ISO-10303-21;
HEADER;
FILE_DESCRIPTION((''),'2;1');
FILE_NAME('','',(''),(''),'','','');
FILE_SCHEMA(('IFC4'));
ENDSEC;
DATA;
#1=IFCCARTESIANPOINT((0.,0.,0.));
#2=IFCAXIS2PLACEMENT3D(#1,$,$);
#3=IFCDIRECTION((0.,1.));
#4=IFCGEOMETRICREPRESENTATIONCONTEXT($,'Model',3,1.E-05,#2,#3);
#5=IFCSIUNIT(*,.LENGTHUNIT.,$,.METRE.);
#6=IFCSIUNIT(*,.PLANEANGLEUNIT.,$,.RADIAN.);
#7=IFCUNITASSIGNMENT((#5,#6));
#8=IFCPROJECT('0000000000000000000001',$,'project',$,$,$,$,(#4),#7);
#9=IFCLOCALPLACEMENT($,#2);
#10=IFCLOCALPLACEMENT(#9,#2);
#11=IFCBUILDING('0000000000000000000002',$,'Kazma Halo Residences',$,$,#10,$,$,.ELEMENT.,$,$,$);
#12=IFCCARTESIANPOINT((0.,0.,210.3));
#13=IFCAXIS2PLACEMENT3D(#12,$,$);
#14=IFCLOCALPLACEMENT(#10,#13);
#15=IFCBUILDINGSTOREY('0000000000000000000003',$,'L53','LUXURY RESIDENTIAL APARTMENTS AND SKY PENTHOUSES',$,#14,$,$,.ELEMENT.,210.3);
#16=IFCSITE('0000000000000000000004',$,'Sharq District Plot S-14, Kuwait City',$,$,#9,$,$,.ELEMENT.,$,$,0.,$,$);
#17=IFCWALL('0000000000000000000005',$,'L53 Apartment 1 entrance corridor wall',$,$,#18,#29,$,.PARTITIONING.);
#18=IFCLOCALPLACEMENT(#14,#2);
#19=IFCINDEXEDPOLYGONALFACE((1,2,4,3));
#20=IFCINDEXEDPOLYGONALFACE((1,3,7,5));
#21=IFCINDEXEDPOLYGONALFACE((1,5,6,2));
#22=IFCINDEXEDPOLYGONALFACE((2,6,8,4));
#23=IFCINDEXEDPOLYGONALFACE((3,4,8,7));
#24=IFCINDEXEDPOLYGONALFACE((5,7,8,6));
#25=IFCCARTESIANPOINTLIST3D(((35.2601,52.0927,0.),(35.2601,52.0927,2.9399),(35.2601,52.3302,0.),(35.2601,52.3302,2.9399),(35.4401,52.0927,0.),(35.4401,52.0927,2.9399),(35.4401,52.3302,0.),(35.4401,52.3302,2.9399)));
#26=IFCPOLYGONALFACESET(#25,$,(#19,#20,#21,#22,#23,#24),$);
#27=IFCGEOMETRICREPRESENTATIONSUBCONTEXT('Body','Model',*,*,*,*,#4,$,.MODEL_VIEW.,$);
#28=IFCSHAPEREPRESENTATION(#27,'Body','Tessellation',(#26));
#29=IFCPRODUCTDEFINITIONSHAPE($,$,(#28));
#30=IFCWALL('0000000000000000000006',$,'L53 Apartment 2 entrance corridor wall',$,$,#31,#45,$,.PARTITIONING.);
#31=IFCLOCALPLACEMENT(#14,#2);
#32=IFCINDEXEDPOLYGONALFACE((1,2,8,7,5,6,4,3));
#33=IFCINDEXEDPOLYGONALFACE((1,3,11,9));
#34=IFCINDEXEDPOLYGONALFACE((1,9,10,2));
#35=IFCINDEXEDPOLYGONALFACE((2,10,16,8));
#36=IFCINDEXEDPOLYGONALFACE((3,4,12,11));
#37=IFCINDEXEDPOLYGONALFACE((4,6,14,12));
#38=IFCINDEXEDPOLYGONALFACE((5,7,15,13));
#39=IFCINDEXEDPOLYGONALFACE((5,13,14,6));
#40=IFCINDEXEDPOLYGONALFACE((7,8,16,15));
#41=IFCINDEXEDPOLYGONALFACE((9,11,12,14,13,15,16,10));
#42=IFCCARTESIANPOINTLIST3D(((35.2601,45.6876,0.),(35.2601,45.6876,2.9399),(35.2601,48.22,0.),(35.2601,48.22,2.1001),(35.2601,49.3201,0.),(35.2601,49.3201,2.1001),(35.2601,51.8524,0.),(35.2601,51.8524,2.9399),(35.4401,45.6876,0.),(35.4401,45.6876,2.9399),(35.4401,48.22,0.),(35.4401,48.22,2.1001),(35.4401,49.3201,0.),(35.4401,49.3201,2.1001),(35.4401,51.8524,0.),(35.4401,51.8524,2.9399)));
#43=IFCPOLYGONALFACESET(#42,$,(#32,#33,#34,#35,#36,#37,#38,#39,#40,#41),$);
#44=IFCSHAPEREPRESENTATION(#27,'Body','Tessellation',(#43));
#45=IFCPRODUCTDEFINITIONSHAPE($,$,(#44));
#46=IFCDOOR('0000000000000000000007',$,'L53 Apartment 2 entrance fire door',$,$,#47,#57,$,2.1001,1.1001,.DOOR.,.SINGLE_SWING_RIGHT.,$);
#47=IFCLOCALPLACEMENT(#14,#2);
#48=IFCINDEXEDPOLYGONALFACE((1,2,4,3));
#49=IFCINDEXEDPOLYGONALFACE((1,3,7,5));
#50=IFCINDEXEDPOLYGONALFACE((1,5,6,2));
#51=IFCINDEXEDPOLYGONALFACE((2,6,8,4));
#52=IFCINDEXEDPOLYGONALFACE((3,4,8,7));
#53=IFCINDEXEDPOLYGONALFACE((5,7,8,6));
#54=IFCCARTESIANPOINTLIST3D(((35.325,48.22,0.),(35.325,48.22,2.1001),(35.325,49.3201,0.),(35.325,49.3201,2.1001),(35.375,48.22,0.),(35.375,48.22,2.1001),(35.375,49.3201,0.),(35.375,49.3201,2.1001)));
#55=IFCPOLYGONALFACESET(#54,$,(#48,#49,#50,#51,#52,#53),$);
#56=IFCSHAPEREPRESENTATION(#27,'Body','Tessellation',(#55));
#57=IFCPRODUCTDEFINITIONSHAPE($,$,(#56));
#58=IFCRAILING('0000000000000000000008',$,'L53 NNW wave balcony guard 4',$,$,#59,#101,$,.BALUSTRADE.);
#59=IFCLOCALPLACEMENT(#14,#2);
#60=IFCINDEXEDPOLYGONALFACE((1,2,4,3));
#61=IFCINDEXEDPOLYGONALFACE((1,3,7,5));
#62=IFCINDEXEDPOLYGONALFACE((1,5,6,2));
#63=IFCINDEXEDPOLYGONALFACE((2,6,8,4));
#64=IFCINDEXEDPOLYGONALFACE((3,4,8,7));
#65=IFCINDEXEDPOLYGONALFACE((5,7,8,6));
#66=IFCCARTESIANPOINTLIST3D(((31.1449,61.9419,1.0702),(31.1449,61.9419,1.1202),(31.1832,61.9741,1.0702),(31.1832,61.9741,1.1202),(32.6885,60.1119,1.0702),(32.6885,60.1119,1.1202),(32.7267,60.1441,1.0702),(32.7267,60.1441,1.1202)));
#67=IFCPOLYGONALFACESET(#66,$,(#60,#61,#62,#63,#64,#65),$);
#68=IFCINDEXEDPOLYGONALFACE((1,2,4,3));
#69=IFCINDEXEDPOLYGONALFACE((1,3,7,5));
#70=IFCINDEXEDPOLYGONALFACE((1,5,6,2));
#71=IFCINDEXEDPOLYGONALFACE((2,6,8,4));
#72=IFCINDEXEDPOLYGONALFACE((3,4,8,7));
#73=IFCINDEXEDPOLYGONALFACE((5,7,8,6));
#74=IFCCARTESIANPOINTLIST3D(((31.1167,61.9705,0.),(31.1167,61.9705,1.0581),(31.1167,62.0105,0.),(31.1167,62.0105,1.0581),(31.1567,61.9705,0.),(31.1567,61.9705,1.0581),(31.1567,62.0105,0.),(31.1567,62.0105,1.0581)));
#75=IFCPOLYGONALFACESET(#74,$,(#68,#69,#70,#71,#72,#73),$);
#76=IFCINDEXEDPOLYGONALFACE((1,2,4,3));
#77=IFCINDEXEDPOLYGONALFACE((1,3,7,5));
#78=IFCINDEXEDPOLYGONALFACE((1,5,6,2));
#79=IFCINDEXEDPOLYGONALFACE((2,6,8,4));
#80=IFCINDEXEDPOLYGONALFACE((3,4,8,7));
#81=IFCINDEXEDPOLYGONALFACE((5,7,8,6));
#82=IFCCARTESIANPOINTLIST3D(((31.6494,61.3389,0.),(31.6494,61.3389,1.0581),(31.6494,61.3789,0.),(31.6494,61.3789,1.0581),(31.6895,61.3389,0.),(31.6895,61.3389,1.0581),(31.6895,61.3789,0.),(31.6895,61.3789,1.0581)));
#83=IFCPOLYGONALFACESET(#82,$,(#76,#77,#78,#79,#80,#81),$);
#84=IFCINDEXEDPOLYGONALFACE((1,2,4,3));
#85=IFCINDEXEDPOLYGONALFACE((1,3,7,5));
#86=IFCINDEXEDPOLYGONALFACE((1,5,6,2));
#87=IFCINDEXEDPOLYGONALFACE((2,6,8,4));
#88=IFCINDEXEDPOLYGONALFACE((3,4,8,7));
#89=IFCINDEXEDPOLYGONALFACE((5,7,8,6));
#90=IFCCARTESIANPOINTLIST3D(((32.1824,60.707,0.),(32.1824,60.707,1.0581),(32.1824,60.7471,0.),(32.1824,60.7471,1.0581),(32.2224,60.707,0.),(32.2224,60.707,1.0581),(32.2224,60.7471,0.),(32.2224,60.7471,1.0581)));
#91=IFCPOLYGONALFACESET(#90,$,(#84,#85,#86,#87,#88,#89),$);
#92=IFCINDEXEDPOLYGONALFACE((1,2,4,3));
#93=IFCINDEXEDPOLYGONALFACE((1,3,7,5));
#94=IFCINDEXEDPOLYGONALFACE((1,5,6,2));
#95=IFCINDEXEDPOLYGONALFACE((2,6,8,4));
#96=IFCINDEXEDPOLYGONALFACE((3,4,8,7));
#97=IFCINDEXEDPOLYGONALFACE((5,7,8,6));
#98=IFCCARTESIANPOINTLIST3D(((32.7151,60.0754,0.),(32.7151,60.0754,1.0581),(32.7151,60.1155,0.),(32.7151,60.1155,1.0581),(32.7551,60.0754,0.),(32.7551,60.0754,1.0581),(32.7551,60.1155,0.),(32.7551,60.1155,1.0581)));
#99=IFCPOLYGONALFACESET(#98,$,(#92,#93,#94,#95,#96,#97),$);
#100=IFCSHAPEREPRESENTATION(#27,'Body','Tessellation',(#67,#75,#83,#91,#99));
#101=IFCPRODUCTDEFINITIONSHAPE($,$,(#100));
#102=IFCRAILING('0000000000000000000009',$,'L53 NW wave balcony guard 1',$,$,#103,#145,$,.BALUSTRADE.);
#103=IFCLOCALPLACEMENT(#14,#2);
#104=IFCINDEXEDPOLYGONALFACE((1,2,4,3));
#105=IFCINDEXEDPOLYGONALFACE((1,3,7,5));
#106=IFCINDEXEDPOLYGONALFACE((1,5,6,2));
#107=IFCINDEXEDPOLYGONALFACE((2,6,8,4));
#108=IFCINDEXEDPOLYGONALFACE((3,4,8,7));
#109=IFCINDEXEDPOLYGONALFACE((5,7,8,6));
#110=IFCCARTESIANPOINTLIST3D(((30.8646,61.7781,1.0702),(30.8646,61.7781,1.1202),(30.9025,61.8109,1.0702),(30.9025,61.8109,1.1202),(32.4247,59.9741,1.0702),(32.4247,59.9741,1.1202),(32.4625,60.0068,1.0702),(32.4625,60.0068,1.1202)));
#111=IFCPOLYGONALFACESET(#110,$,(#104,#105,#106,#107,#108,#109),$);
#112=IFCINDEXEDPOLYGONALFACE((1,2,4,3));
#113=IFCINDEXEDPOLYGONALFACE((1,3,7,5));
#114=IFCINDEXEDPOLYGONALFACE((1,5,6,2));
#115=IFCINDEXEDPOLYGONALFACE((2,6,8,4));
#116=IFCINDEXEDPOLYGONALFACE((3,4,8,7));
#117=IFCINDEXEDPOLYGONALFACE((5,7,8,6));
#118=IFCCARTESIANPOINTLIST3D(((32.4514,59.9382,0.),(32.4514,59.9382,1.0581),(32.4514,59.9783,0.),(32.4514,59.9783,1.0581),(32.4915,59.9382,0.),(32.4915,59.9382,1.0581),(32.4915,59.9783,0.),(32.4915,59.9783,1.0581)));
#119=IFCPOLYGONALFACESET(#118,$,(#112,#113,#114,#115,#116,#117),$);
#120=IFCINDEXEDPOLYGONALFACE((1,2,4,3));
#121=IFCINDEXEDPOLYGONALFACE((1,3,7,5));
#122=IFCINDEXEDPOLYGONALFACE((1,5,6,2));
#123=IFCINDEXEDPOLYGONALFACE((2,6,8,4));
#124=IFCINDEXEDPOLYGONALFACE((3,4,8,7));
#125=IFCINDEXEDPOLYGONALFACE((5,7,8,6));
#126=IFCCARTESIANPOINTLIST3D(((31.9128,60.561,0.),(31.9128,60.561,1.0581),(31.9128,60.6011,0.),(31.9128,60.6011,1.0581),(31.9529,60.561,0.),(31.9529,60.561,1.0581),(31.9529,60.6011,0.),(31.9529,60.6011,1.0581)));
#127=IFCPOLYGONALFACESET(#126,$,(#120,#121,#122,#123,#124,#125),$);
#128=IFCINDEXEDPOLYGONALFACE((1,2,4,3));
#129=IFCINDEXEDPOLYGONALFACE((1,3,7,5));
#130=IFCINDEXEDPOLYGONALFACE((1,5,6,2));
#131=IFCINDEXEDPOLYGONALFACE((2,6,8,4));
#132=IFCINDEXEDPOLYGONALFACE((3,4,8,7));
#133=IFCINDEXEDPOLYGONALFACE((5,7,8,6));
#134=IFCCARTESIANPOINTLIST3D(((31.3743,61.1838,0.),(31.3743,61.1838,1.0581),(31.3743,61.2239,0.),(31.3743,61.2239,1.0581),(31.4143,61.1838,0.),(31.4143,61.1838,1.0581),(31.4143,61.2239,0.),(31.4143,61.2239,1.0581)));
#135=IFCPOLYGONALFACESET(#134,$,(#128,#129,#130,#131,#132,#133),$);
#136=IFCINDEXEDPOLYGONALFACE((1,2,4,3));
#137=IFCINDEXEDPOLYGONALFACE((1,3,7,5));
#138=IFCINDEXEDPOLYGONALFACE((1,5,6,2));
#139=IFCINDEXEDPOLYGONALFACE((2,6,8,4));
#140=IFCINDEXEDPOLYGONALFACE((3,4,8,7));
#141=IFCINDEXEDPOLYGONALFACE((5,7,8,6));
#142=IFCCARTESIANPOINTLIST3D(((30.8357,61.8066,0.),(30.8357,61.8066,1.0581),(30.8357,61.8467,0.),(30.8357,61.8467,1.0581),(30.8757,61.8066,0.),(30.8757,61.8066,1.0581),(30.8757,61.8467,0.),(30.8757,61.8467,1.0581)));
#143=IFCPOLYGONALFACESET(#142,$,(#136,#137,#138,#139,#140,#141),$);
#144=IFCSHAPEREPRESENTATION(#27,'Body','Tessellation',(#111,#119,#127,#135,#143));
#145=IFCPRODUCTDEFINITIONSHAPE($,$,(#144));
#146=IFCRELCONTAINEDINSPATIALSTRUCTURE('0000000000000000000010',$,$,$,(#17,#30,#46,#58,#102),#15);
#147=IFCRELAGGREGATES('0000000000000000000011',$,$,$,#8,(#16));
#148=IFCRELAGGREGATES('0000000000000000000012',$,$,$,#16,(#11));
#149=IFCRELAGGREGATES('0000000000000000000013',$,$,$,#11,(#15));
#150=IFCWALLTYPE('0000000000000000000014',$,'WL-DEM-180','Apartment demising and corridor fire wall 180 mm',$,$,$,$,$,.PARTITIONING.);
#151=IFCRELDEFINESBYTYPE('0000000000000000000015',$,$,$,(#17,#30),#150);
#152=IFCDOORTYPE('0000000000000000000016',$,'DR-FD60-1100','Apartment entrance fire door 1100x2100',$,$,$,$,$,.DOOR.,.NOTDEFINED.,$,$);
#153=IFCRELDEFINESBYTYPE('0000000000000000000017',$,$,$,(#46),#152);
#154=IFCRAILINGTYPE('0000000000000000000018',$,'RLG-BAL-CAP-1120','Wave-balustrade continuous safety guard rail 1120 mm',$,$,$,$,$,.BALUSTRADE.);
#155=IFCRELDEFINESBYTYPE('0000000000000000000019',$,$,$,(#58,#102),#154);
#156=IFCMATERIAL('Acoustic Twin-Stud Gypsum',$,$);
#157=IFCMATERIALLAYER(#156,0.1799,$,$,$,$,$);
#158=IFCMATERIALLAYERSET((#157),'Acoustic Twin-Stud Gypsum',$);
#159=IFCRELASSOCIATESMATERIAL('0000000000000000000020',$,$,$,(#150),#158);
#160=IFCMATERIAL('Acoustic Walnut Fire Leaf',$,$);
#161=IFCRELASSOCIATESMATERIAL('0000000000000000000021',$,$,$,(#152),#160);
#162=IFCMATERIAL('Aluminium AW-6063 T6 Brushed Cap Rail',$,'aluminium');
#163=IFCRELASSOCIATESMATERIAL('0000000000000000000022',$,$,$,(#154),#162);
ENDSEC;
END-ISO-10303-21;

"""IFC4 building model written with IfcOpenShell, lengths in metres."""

from ifc_helpers import new_model, si_unit, direction, frame, frame_2d, origin, origin_2d, place, context, subcontext, project, spatial, rectangle, extrude, material, layer, layer_set, type_object, element, fill, save


model = new_model("IFC4")

# Units and contexts
model_context = context("Model", 3, precision=1e-05, world=origin(), true_north=direction((0.0, 1.0)))
body_context = subcontext(model_context, "Body", "Model", "MODEL_VIEW")
ifc_project = project(units=[si_unit("LENGTHUNIT", "METRE"), si_unit("PLANEANGLEUNIT", "RADIAN")], contexts=[model_context])

# Site, building, storey
site_placement = place(None, origin())
site = spatial("IfcSite", under=ifc_project, at=site_placement, Name="Sharq District Plot S-14, Kuwait City", CompositionType="ELEMENT", RefElevation=0.0)
building_placement = place(site_placement, origin())
building = spatial("IfcBuilding", under=site, at=building_placement, Name="Kazma Halo Residences", CompositionType="ELEMENT")
storey_placement = place(building_placement, frame((0.0, 0.0, 210.3)))
storey = spatial("IfcBuildingStorey", under=building, at=storey_placement, Name="L53", Description="LUXURY RESIDENTIAL APARTMENTS AND SKY PENTHOUSES", CompositionType="ELEMENT", Elevation=210.3)

# Wall
ifc_material_1 = material(Name="Acoustic Twin-Stud Gypsum")
ifc_layer_1 = layer(ifc_material_1, 0.1799)
ifc_layer_set_1 = layer_set([ifc_layer_1], Name="Acoustic Twin-Stud Gypsum")
wall_type_1 = type_object("IfcWallType", Name="WL-DEM-180", Description="Apartment demising and corridor fire wall 180 mm", PredefinedType="PARTITIONING", material=ifc_layer_set_1)
wall_1_placement = place(storey_placement, frame((35.3501, 52.3301, 0.0), z_axis=(0.0, 0.0, 1.0), x_axis=(0.0, -1.0, 0.0)))
element("IfcWall", 1, at=wall_1_placement, inside=storey, type_object=wall_type_1, Name="L53 Apartment 1 entrance corridor wall", PredefinedType="PARTITIONING", context=body_context, shape_type="SweptSolid", body=[
    extrude(rectangle(XDim=0.2375, YDim=0.1799, at=frame_2d((0.1187, 0.0))), origin(), (0.0, 0.0, 1.0), 2.9399),
])

# Wall, opening, door
wall_2_placement = place(storey_placement, frame((35.3501, 51.8525, 0.0), z_axis=(0.0, 0.0, 1.0), x_axis=(0.0, -1.0, 0.0)))
wall_2 = element("IfcWall", 2, at=wall_2_placement, inside=storey, type_object=wall_type_1, Name="L53 Apartment 2 entrance corridor wall", PredefinedType="PARTITIONING", context=body_context, shape_type="SweptSolid", body=[
    extrude(rectangle(XDim=6.1648, YDim=0.1799, at=frame_2d((3.0825, 0.0))), origin(), (0.0, 0.0, 1.0), 2.9399),
])
opening_1_placement = place(wall_2_placement, frame((2.5325, 0.0, 0.0)))
opening_1 = element("IfcOpeningElement", 3, at=opening_1_placement, cuts=wall_2, PredefinedType="OPENING", context=body_context, shape_type="SweptSolid", body=[
    extrude(rectangle(XDim=1.1001, YDim=2.1001, at=frame_2d((0.55, 1.05))), frame((0.0, 0.0999, 0.0), z_axis=(0.0, -1.0, 0.0), x_axis=(1.0, 0.0, 0.0)), (0.0, 0.0, 1.0), 0.2),
])
ifc_material_2 = material(Name="Acoustic Walnut Fire Leaf")
door_type_1 = type_object("IfcDoorType", Name="DR-FD60-1100", Description="Apartment entrance fire door 1100x2100", OperationType="NOTDEFINED", PredefinedType="DOOR", material=ifc_material_2)
door_1_placement = place(opening_1_placement, origin())
door_1 = element("IfcDoor", 4, at=door_1_placement, inside=storey, type_object=door_type_1, Name="L53 Apartment 2 entrance fire door", OperationType="SINGLE_SWING_RIGHT", OverallHeight=2.1001, OverallWidth=1.1001, PredefinedType="DOOR", context=body_context, shape_type="SweptSolid", body=[
    extrude(rectangle(XDim=1.1001, YDim=2.1001, at=frame_2d((0.55, 1.05))), frame((0.0, 0.0249, 0.0), z_axis=(0.0, -1.0, 0.0), x_axis=(1.0, 0.0, 0.0)), (0.0, 0.0, 1.0), 0.05),
])
fill(opening_1, door_1)

# Railings
ifc_material_3 = material(Name="Aluminium AW-6063 T6 Brushed Cap Rail", Category="aluminium")
railing_type = type_object("IfcRailingType", Name="RLG-BAL-CAP-1120", Description="Wave-balustrade continuous safety guard rail 1120 mm", PredefinedType="BALUSTRADE", material=ifc_material_3)
railing_1_placement = place(storey_placement, frame((31.1367, 61.9905, 0.0)))
element("IfcRailing", 5, at=railing_1_placement, inside=storey, type_object=railing_type, Name="L53 NNW wave balcony guard 4", PredefinedType="BALUSTRADE", context=body_context, shape_type="SweptSolid", body=[
    extrude(rectangle(XDim=0.05, YDim=0.05, at=origin_2d()), frame((0.0273, -0.0325, 1.0952), z_axis=(0.644745, -0.764398, 0.0), x_axis=(0.764398, 0.644745, 0.0)), (0.0, 0.0, 1.0), 2.394),
    extrude(rectangle(XDim=0.04, YDim=0.04, at=origin_2d()), origin(), (0.0, 0.0, 1.0), 1.0581),
    extrude(rectangle(XDim=0.04, YDim=0.04, at=origin_2d()), frame((0.5327, -0.6316, 0.0)), (0.0, 0.0, 1.0), 1.0581),
    extrude(rectangle(XDim=0.04, YDim=0.04, at=origin_2d()), frame((1.0657, -1.2634, 0.0)), (0.0, 0.0, 1.0), 1.0581),
    extrude(rectangle(XDim=0.04, YDim=0.04, at=origin_2d()), frame((1.5984, -1.895, 0.0)), (0.0, 0.0, 1.0), 1.0581),
])
railing_2_placement = place(storey_placement, frame((32.4714, 59.9583, 0.0)))
element("IfcRailing", 6, at=railing_2_placement, inside=storey, type_object=railing_type, Name="L53 NW wave balcony guard 1", PredefinedType="BALUSTRADE", context=body_context, shape_type="SweptSolid", body=[
    extrude(rectangle(XDim=0.05, YDim=0.05, at=origin_2d()), frame((-0.0278, 0.0322, 1.0952), z_axis=(-0.654106, 0.756403, 0.0), x_axis=(-0.756403, -0.654106, 0.0)), (0.0, 0.0, 1.0), 2.385),
    extrude(rectangle(XDim=0.04, YDim=0.04, at=origin_2d()), origin(), (0.0, 0.0, 1.0), 1.0581),
    extrude(rectangle(XDim=0.04, YDim=0.04, at=origin_2d()), frame((-0.5386, 0.6228, 0.0)), (0.0, 0.0, 1.0), 1.0581),
    extrude(rectangle(XDim=0.04, YDim=0.04, at=origin_2d()), frame((-1.0771, 1.2456, 0.0)), (0.0, 0.0, 1.0), 1.0581),
    extrude(rectangle(XDim=0.04, YDim=0.04, at=origin_2d()), frame((-1.6157, 1.8684, 0.0)), (0.0, 0.0, 1.0), 1.0581),
])

save(model, "model.ifc")
